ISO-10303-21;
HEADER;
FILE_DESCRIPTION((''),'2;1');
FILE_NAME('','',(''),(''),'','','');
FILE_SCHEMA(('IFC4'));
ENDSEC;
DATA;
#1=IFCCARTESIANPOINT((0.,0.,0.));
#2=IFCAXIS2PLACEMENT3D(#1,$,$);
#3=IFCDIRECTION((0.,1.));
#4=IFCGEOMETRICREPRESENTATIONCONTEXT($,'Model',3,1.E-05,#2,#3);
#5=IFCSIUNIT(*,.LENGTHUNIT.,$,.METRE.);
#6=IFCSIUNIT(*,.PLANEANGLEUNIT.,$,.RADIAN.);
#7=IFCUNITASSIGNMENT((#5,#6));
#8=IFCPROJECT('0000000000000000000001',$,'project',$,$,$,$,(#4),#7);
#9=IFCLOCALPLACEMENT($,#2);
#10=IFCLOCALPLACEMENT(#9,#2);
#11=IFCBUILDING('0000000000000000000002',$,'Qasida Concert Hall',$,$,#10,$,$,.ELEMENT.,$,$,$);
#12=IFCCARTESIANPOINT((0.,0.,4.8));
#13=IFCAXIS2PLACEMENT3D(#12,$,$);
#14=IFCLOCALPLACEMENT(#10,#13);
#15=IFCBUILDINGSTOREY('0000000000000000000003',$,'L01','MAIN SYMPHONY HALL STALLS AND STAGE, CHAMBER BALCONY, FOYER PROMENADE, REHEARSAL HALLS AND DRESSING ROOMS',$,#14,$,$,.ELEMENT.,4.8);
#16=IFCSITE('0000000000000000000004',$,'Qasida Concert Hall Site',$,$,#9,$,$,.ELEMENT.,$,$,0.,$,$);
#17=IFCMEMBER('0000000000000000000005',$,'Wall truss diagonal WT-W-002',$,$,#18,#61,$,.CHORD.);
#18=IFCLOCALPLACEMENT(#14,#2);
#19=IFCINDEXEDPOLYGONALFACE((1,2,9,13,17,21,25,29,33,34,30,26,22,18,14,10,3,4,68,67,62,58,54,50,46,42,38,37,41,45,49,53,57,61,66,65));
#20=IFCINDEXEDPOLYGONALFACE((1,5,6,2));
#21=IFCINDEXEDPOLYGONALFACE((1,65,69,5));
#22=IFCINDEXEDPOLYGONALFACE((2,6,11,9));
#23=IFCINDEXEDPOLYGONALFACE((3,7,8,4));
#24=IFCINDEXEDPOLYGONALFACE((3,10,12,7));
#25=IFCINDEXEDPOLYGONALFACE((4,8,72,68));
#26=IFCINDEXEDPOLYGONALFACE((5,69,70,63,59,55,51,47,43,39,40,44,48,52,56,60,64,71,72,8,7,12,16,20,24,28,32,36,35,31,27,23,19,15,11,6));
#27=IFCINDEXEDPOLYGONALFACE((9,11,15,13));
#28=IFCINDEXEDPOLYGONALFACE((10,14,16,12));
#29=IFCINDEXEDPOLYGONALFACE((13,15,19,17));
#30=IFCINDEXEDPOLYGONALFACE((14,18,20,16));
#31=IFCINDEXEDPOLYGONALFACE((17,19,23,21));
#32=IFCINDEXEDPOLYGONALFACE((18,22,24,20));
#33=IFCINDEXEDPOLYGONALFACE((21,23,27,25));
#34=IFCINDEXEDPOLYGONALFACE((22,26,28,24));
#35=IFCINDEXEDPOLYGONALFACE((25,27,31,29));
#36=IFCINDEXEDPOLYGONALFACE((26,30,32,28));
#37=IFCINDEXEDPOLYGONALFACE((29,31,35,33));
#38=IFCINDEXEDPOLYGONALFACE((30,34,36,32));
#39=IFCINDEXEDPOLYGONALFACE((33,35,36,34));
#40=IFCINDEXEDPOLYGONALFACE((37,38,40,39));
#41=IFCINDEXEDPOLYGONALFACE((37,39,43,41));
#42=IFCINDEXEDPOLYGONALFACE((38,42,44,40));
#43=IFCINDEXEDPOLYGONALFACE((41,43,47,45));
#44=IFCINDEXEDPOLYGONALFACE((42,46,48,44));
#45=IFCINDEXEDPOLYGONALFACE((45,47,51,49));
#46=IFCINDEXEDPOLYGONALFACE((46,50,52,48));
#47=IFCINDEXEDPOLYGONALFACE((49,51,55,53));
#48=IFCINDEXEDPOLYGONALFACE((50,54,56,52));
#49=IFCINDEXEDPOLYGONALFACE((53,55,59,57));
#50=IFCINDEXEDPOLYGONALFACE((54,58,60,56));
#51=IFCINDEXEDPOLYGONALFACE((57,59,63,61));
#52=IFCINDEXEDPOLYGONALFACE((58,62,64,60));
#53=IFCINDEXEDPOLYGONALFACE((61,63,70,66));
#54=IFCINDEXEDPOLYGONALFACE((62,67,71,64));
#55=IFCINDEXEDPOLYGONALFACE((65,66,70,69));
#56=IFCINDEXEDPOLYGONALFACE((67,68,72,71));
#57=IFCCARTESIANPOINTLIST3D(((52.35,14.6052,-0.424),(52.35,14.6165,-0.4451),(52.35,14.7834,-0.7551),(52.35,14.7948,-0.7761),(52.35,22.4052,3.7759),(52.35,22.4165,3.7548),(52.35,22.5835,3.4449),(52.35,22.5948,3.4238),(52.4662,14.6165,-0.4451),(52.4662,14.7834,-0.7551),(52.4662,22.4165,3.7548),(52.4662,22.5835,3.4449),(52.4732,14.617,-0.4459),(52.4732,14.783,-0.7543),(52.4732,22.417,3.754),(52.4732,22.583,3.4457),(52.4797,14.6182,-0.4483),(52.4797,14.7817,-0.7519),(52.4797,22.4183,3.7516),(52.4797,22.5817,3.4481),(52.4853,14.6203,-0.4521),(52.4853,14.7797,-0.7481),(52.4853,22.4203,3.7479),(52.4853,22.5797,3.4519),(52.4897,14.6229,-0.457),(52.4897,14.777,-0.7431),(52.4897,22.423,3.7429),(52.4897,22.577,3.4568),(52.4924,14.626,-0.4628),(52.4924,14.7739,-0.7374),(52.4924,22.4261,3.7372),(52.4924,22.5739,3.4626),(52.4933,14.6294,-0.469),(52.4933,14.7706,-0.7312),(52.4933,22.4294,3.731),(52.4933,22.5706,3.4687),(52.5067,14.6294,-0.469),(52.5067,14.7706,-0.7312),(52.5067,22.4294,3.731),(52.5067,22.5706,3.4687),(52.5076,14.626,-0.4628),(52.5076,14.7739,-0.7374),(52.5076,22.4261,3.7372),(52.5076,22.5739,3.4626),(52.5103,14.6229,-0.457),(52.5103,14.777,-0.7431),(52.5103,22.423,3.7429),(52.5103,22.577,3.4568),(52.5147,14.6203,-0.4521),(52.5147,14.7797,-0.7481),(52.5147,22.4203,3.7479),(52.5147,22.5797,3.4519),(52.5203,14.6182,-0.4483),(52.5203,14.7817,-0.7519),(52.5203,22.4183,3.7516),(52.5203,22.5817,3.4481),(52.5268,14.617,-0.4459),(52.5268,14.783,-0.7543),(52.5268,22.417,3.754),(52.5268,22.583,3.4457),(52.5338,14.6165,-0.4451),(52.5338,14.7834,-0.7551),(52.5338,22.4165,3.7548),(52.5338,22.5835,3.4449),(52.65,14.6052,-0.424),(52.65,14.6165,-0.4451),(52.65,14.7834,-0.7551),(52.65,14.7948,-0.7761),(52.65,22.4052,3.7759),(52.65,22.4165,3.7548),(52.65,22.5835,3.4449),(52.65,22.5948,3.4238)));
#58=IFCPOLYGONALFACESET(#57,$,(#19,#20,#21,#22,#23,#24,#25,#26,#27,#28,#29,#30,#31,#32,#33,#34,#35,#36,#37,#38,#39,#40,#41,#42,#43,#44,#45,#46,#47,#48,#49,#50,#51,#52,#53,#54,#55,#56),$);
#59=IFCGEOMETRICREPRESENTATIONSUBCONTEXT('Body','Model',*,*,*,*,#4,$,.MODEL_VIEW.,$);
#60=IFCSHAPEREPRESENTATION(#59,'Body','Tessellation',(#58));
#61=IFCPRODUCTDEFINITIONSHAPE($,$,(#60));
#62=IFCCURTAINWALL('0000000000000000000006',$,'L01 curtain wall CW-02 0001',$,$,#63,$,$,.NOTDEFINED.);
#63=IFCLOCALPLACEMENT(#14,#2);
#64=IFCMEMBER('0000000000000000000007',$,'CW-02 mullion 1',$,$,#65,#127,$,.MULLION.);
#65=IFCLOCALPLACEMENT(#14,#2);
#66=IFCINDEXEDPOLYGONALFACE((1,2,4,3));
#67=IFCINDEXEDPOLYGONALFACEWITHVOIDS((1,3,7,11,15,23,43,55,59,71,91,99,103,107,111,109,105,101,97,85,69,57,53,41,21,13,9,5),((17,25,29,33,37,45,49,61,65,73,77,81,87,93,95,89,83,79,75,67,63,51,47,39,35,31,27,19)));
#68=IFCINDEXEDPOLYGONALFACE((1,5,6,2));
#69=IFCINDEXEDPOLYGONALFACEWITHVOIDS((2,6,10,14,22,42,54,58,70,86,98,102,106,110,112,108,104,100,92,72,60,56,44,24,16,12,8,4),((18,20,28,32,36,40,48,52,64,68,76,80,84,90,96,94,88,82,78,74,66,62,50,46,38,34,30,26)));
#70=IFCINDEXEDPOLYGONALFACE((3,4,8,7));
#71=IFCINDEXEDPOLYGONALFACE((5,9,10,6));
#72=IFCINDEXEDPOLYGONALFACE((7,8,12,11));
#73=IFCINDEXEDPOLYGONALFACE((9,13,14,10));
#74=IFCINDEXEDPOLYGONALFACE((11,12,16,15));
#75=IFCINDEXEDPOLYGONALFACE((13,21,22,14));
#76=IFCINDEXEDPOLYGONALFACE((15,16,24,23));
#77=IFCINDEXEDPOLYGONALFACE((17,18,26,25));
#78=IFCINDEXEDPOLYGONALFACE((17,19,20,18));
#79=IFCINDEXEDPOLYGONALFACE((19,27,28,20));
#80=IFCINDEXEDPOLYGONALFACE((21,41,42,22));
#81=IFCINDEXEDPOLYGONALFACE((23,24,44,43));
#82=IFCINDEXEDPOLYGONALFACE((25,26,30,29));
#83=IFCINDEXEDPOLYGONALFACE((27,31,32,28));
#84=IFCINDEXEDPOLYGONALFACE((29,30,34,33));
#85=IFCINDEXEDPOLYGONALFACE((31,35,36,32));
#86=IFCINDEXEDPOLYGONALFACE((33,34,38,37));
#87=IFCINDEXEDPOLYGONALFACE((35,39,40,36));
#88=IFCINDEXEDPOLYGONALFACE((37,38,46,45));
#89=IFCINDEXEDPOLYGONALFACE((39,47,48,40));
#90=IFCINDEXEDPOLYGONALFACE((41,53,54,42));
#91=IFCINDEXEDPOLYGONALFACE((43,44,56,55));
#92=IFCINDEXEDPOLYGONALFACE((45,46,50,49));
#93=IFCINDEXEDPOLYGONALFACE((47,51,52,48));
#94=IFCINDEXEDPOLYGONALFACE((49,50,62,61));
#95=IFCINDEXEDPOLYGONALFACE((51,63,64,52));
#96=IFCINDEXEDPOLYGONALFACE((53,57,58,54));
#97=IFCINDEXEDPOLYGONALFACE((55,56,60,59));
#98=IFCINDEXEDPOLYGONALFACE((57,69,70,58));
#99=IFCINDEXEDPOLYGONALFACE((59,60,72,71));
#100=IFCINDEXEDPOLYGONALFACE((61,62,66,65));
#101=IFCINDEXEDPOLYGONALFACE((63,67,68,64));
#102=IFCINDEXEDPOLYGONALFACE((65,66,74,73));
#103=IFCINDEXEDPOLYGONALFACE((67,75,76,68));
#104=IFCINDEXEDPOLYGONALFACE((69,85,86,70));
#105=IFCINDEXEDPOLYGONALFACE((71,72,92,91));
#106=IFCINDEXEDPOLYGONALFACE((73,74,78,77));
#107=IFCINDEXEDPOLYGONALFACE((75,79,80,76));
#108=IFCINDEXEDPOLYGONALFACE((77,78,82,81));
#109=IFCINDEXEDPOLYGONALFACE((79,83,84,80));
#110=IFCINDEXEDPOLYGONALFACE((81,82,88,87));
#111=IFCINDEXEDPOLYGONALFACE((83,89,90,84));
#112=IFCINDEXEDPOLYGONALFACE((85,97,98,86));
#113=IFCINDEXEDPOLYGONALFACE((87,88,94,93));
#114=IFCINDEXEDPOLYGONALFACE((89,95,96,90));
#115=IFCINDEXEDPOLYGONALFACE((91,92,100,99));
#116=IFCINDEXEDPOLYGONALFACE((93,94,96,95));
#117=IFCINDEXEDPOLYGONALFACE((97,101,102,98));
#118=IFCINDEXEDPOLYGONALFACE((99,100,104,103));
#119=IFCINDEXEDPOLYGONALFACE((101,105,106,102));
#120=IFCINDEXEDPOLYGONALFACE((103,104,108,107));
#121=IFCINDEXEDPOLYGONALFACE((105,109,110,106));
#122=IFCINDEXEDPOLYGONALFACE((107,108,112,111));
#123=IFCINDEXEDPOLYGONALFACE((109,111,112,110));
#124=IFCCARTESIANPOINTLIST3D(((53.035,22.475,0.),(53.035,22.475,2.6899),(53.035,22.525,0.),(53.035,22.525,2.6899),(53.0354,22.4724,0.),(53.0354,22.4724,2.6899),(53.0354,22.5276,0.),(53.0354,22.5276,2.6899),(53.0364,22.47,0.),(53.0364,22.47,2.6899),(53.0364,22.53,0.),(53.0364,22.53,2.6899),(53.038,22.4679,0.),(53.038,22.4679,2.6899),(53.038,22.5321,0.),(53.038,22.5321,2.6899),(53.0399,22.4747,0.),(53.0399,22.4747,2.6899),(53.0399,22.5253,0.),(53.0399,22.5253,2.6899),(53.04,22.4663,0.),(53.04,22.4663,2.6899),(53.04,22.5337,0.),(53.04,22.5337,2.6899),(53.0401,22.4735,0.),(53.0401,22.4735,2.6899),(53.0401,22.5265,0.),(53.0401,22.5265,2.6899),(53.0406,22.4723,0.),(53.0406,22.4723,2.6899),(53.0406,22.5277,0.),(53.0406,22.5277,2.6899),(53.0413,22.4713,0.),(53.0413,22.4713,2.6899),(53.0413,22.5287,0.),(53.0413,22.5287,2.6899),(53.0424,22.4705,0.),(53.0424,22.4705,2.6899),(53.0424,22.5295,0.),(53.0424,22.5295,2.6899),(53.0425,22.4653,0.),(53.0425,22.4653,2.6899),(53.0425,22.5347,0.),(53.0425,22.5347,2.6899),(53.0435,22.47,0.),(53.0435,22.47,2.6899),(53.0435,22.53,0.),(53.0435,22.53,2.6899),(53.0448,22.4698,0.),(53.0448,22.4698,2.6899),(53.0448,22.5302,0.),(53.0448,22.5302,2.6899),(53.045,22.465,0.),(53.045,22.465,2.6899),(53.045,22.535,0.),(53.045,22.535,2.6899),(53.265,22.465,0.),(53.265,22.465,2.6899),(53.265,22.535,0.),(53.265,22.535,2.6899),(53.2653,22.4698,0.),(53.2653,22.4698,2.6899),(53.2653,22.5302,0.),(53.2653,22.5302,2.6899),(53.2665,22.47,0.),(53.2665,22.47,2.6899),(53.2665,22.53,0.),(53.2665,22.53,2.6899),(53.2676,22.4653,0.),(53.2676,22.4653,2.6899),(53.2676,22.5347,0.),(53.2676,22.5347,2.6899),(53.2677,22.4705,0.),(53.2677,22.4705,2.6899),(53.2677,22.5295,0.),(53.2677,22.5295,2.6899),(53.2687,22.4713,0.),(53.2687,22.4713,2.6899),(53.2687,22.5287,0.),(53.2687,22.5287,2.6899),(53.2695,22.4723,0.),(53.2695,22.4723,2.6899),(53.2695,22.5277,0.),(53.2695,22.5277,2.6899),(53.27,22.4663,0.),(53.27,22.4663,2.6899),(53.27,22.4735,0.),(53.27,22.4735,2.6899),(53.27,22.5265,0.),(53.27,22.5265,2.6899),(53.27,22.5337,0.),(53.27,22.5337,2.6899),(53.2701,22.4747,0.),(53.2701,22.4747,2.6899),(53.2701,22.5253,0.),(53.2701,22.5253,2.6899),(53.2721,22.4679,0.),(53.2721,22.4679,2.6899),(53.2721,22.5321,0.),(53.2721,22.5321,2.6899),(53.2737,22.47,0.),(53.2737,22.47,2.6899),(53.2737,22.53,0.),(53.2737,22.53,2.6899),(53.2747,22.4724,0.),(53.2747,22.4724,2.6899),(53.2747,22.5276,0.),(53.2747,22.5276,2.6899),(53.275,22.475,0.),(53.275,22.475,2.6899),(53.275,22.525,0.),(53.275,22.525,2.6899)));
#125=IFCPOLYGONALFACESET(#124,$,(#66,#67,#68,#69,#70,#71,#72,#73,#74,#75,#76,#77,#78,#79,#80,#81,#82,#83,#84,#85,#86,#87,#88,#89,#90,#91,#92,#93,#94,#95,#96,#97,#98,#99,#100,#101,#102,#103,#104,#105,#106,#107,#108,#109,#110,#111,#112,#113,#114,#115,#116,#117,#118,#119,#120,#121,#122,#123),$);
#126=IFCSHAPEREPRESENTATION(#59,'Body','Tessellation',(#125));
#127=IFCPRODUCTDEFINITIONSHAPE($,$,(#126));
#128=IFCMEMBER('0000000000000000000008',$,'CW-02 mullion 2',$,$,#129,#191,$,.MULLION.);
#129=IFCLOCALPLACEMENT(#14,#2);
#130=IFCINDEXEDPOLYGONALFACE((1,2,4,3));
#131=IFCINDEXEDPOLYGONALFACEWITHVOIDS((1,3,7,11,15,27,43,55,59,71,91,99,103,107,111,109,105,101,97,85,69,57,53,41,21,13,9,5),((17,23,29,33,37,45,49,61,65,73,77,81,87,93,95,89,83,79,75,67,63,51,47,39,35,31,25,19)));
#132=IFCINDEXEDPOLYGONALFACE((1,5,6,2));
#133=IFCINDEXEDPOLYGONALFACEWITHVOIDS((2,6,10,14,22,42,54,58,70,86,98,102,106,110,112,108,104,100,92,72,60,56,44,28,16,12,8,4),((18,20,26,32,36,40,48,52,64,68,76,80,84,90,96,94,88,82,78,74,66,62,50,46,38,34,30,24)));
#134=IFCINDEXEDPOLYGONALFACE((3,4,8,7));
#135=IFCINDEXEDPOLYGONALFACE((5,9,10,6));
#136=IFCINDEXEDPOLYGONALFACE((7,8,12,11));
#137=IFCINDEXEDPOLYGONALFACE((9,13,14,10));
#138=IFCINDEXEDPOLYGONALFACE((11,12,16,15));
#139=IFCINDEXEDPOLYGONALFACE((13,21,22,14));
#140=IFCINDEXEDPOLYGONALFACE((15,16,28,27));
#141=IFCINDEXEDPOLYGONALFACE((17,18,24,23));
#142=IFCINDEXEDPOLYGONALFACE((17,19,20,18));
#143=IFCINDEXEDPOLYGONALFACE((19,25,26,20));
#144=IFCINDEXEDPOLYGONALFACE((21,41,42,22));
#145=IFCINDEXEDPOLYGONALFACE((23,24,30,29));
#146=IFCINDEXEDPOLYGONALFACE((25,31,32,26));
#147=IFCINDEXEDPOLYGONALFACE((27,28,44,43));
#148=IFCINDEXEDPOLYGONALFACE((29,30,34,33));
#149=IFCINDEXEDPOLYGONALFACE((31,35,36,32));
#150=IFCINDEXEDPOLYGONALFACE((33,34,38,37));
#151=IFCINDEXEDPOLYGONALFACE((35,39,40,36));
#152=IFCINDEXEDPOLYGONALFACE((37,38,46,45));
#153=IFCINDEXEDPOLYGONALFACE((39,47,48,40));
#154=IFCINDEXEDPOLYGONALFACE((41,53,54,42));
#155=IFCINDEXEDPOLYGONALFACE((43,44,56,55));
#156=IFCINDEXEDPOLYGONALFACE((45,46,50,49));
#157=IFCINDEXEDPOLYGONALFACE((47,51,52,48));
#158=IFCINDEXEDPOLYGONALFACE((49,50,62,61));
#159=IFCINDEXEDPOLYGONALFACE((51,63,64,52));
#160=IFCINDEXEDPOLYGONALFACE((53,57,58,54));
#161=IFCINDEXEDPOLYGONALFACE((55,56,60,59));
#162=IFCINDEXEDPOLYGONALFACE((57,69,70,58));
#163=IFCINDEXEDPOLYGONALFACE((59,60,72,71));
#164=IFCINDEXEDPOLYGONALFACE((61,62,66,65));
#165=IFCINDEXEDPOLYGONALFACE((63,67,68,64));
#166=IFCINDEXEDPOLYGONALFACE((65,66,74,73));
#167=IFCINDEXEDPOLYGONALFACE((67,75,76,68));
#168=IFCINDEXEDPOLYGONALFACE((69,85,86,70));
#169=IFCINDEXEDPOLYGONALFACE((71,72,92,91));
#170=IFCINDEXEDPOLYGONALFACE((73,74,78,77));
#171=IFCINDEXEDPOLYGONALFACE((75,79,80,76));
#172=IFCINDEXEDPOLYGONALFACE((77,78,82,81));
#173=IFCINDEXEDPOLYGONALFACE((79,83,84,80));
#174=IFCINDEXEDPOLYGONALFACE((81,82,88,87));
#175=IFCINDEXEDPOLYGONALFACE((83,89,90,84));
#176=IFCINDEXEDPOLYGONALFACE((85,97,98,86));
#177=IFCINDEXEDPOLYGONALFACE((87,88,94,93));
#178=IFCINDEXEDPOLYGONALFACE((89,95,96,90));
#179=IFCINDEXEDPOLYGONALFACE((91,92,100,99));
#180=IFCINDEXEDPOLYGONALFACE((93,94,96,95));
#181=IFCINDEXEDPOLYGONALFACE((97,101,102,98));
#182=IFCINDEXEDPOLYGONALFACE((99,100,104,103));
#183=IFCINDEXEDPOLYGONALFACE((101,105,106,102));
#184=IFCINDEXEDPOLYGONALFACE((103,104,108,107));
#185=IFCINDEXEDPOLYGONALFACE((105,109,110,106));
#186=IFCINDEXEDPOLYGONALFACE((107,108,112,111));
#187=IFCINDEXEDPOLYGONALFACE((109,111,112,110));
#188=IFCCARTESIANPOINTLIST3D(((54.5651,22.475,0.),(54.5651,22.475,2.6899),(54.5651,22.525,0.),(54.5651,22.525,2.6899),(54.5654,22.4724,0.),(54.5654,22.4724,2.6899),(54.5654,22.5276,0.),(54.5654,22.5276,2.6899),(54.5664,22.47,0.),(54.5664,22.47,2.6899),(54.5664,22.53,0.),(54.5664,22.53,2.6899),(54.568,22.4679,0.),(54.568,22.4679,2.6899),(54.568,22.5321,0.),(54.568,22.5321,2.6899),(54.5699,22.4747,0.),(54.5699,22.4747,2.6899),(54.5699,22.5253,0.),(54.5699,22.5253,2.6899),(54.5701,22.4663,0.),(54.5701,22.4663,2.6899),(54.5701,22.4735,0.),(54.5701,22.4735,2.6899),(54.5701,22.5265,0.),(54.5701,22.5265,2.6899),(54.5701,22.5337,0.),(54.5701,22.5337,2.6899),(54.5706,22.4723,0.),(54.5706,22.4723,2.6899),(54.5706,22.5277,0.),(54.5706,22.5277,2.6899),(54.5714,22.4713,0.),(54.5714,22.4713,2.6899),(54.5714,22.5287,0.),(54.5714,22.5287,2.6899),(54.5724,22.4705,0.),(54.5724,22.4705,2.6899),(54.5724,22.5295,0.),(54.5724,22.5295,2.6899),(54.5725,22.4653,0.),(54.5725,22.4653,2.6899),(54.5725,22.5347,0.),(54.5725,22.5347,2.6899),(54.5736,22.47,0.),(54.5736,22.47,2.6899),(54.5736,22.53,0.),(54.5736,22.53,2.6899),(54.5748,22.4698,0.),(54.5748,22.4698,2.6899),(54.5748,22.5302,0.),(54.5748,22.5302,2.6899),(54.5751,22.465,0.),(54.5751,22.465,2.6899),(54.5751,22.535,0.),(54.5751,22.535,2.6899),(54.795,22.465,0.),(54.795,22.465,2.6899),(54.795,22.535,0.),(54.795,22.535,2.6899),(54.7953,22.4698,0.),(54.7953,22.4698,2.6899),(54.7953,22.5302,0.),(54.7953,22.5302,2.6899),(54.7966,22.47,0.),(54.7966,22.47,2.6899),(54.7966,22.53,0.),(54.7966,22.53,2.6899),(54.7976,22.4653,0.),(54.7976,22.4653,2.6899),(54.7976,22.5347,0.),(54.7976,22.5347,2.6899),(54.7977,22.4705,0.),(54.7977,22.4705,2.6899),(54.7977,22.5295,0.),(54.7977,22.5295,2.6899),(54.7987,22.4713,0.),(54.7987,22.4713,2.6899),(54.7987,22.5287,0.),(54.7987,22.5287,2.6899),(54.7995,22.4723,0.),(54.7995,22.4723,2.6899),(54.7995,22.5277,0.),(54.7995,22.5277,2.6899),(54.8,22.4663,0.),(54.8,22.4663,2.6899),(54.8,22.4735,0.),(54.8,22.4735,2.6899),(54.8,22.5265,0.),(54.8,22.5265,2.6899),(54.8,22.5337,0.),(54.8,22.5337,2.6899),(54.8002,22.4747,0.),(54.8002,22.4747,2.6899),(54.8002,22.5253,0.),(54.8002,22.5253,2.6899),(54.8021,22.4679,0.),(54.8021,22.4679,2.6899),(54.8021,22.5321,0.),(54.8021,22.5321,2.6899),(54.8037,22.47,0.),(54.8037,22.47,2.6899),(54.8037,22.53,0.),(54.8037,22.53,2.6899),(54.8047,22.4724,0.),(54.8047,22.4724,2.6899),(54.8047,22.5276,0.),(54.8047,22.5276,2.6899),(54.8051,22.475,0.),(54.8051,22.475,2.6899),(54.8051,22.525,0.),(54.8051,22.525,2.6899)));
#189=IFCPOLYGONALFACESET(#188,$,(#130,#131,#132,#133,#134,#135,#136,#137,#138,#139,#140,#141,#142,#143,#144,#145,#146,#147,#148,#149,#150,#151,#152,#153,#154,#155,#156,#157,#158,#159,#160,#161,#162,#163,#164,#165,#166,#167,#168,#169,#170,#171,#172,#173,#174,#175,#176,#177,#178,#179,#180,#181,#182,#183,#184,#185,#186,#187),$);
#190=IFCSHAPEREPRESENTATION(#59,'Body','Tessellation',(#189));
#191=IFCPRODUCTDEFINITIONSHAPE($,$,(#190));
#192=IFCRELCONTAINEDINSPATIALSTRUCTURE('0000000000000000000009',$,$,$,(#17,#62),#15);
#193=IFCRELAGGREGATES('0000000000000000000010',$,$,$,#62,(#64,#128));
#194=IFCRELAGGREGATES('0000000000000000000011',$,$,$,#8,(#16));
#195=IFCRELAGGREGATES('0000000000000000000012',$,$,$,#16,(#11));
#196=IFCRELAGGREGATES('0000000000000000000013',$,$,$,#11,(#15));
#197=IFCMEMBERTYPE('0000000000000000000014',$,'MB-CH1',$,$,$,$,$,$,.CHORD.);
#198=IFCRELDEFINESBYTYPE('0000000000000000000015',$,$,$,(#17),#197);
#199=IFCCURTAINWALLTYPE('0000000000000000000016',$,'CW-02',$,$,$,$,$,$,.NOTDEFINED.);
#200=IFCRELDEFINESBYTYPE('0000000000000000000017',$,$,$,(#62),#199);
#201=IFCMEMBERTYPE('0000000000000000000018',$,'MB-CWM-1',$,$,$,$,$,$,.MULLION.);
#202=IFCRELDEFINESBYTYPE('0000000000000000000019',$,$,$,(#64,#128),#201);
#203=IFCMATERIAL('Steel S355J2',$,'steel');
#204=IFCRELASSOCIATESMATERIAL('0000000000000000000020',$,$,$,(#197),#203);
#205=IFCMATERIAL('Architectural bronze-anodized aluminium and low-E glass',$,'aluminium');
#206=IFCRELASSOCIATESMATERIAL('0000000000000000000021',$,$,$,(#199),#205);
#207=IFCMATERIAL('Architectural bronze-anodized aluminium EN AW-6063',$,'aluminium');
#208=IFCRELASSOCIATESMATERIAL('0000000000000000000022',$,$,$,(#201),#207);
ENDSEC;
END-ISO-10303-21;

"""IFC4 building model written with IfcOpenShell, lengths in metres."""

from ifc_helpers import new_model, si_unit, direction, frame, origin, origin_2d, place, context, subcontext, project, spatial, hollow_rectangle, i_section, extrude, material, material_profile, profile_set, type_object, element, aggregate, save


model = new_model("IFC4")

# Units and contexts
model_context = context("Model", 3, precision=1e-05, world=origin(), true_north=direction((0.0, 1.0)))
body_context = subcontext(model_context, "Body", "Model", "MODEL_VIEW")
ifc_project = project(units=[si_unit("LENGTHUNIT", "METRE"), si_unit("PLANEANGLEUNIT", "RADIAN")], contexts=[model_context])

# Site, building, storey
site_placement = place(None, origin())
site = spatial("IfcSite", under=ifc_project, at=site_placement, Name="Qasida Concert Hall Site", CompositionType="ELEMENT", RefElevation=0.0)
building_placement = place(site_placement, origin())
building = spatial("IfcBuilding", under=site, at=building_placement, Name="Qasida Concert Hall", CompositionType="ELEMENT")
storey_placement = place(building_placement, frame((0.0, 0.0, 4.8)))
storey = spatial("IfcBuildingStorey", under=building, at=storey_placement, Name="L01", Description="MAIN SYMPHONY HALL STALLS AND STAGE, CHAMBER BALCONY, FOYER PROMENADE, REHEARSAL HALLS AND DRESSING ROOMS", CompositionType="ELEMENT", Elevation=4.8)

# Shared definitions
ifc_material_1 = material(Name="Steel S355J2", Category="steel")

# Member
ifc_material_profile_1 = material_profile(ifc_material_1, i_section(OverallWidth=0.3, OverallDepth=0.3999, WebThickness=0.0134, FlangeThickness=0.0239, FilletRadius=0.0271, at=origin_2d()), Name="HEB 400")
ifc_profile_set_1 = profile_set([ifc_material_profile_1], Name="Steel S355J2")
member_type_1 = type_object("IfcMemberType", Name="MB-CH1", PredefinedType="CHORD", material=ifc_profile_set_1)
member_1_placement = place(storey_placement, frame((52.5, 22.5, 3.5999), z_axis=(0.0, -0.880475, -0.474093), x_axis=(1.0, 0.0, 0.0)))
element("IfcMember", 1, at=member_1_placement, inside=storey, type_object=member_type_1, Name="Wall truss diagonal WT-W-002", PredefinedType="CHORD", context=body_context, shape_type="SweptSolid", body=[
    extrude(i_section(OverallWidth=0.3, OverallDepth=0.3999, WebThickness=0.0134, FlangeThickness=0.0239, FilletRadius=0.0271, at=origin_2d()), origin(), (0.0, 0.0, 1.0), 8.8589),
])

# Curtain wall, members
ifc_material_2 = material(Name="Architectural bronze-anodized aluminium and low-E glass", Category="aluminium")
curtain_wall_type = type_object("IfcCurtainWallType", Name="CW-02", PredefinedType="NOTDEFINED", material=ifc_material_2)
curtain_wall_placement = place(storey_placement, origin())
curtain_wall = element("IfcCurtainWall", 2, at=curtain_wall_placement, inside=storey, type_object=curtain_wall_type, Name="L01 curtain wall CW-02 0001", PredefinedType="NOTDEFINED")
ifc_material_3 = material(Name="Architectural bronze-anodized aluminium EN AW-6063", Category="aluminium")
ifc_material_profile_2 = material_profile(ifc_material_3, hollow_rectangle(XDim=0.0701, YDim=0.24, WallThickness=0.0049, InnerFilletRadius=0.0049, OuterFilletRadius=0.01, at=origin_2d()), Name="CWM 240x70x5")
ifc_profile_set_2 = profile_set([ifc_material_profile_2], Name="Architectural bronze-anodized aluminium EN AW-6063")
member_type_2 = type_object("IfcMemberType", Name="MB-CWM-1", PredefinedType="MULLION", material=ifc_profile_set_2)
member_2_placement = place(storey_placement, frame((53.155, 22.5, 0.0), z_axis=(0.0, 0.0, 1.0), x_axis=(0.0, 1.0, 0.0)))
member_2 = element("IfcMember", 3, at=member_2_placement, type_object=member_type_2, Name="CW-02 mullion 1", PredefinedType="MULLION", context=body_context, shape_type="SweptSolid", body=[
    extrude(hollow_rectangle(XDim=0.0701, YDim=0.24, WallThickness=0.0049, InnerFilletRadius=0.0049, OuterFilletRadius=0.01, at=origin_2d()), origin(), (0.0, 0.0, 1.0), 2.6899),
])
member_3_placement = place(storey_placement, frame((54.6851, 22.5, 0.0), z_axis=(0.0, 0.0, 1.0), x_axis=(0.0, 1.0, 0.0)))
member_3 = element("IfcMember", 4, at=member_3_placement, type_object=member_type_2, Name="CW-02 mullion 2", PredefinedType="MULLION", context=body_context, shape_type="SweptSolid", body=[
    extrude(hollow_rectangle(XDim=0.0701, YDim=0.24, WallThickness=0.0049, InnerFilletRadius=0.0049, OuterFilletRadius=0.01, at=origin_2d()), origin(), (0.0, 0.0, 1.0), 2.6899),
])
aggregate(curtain_wall, [member_2, member_3])

save(model, "model.ifc")
